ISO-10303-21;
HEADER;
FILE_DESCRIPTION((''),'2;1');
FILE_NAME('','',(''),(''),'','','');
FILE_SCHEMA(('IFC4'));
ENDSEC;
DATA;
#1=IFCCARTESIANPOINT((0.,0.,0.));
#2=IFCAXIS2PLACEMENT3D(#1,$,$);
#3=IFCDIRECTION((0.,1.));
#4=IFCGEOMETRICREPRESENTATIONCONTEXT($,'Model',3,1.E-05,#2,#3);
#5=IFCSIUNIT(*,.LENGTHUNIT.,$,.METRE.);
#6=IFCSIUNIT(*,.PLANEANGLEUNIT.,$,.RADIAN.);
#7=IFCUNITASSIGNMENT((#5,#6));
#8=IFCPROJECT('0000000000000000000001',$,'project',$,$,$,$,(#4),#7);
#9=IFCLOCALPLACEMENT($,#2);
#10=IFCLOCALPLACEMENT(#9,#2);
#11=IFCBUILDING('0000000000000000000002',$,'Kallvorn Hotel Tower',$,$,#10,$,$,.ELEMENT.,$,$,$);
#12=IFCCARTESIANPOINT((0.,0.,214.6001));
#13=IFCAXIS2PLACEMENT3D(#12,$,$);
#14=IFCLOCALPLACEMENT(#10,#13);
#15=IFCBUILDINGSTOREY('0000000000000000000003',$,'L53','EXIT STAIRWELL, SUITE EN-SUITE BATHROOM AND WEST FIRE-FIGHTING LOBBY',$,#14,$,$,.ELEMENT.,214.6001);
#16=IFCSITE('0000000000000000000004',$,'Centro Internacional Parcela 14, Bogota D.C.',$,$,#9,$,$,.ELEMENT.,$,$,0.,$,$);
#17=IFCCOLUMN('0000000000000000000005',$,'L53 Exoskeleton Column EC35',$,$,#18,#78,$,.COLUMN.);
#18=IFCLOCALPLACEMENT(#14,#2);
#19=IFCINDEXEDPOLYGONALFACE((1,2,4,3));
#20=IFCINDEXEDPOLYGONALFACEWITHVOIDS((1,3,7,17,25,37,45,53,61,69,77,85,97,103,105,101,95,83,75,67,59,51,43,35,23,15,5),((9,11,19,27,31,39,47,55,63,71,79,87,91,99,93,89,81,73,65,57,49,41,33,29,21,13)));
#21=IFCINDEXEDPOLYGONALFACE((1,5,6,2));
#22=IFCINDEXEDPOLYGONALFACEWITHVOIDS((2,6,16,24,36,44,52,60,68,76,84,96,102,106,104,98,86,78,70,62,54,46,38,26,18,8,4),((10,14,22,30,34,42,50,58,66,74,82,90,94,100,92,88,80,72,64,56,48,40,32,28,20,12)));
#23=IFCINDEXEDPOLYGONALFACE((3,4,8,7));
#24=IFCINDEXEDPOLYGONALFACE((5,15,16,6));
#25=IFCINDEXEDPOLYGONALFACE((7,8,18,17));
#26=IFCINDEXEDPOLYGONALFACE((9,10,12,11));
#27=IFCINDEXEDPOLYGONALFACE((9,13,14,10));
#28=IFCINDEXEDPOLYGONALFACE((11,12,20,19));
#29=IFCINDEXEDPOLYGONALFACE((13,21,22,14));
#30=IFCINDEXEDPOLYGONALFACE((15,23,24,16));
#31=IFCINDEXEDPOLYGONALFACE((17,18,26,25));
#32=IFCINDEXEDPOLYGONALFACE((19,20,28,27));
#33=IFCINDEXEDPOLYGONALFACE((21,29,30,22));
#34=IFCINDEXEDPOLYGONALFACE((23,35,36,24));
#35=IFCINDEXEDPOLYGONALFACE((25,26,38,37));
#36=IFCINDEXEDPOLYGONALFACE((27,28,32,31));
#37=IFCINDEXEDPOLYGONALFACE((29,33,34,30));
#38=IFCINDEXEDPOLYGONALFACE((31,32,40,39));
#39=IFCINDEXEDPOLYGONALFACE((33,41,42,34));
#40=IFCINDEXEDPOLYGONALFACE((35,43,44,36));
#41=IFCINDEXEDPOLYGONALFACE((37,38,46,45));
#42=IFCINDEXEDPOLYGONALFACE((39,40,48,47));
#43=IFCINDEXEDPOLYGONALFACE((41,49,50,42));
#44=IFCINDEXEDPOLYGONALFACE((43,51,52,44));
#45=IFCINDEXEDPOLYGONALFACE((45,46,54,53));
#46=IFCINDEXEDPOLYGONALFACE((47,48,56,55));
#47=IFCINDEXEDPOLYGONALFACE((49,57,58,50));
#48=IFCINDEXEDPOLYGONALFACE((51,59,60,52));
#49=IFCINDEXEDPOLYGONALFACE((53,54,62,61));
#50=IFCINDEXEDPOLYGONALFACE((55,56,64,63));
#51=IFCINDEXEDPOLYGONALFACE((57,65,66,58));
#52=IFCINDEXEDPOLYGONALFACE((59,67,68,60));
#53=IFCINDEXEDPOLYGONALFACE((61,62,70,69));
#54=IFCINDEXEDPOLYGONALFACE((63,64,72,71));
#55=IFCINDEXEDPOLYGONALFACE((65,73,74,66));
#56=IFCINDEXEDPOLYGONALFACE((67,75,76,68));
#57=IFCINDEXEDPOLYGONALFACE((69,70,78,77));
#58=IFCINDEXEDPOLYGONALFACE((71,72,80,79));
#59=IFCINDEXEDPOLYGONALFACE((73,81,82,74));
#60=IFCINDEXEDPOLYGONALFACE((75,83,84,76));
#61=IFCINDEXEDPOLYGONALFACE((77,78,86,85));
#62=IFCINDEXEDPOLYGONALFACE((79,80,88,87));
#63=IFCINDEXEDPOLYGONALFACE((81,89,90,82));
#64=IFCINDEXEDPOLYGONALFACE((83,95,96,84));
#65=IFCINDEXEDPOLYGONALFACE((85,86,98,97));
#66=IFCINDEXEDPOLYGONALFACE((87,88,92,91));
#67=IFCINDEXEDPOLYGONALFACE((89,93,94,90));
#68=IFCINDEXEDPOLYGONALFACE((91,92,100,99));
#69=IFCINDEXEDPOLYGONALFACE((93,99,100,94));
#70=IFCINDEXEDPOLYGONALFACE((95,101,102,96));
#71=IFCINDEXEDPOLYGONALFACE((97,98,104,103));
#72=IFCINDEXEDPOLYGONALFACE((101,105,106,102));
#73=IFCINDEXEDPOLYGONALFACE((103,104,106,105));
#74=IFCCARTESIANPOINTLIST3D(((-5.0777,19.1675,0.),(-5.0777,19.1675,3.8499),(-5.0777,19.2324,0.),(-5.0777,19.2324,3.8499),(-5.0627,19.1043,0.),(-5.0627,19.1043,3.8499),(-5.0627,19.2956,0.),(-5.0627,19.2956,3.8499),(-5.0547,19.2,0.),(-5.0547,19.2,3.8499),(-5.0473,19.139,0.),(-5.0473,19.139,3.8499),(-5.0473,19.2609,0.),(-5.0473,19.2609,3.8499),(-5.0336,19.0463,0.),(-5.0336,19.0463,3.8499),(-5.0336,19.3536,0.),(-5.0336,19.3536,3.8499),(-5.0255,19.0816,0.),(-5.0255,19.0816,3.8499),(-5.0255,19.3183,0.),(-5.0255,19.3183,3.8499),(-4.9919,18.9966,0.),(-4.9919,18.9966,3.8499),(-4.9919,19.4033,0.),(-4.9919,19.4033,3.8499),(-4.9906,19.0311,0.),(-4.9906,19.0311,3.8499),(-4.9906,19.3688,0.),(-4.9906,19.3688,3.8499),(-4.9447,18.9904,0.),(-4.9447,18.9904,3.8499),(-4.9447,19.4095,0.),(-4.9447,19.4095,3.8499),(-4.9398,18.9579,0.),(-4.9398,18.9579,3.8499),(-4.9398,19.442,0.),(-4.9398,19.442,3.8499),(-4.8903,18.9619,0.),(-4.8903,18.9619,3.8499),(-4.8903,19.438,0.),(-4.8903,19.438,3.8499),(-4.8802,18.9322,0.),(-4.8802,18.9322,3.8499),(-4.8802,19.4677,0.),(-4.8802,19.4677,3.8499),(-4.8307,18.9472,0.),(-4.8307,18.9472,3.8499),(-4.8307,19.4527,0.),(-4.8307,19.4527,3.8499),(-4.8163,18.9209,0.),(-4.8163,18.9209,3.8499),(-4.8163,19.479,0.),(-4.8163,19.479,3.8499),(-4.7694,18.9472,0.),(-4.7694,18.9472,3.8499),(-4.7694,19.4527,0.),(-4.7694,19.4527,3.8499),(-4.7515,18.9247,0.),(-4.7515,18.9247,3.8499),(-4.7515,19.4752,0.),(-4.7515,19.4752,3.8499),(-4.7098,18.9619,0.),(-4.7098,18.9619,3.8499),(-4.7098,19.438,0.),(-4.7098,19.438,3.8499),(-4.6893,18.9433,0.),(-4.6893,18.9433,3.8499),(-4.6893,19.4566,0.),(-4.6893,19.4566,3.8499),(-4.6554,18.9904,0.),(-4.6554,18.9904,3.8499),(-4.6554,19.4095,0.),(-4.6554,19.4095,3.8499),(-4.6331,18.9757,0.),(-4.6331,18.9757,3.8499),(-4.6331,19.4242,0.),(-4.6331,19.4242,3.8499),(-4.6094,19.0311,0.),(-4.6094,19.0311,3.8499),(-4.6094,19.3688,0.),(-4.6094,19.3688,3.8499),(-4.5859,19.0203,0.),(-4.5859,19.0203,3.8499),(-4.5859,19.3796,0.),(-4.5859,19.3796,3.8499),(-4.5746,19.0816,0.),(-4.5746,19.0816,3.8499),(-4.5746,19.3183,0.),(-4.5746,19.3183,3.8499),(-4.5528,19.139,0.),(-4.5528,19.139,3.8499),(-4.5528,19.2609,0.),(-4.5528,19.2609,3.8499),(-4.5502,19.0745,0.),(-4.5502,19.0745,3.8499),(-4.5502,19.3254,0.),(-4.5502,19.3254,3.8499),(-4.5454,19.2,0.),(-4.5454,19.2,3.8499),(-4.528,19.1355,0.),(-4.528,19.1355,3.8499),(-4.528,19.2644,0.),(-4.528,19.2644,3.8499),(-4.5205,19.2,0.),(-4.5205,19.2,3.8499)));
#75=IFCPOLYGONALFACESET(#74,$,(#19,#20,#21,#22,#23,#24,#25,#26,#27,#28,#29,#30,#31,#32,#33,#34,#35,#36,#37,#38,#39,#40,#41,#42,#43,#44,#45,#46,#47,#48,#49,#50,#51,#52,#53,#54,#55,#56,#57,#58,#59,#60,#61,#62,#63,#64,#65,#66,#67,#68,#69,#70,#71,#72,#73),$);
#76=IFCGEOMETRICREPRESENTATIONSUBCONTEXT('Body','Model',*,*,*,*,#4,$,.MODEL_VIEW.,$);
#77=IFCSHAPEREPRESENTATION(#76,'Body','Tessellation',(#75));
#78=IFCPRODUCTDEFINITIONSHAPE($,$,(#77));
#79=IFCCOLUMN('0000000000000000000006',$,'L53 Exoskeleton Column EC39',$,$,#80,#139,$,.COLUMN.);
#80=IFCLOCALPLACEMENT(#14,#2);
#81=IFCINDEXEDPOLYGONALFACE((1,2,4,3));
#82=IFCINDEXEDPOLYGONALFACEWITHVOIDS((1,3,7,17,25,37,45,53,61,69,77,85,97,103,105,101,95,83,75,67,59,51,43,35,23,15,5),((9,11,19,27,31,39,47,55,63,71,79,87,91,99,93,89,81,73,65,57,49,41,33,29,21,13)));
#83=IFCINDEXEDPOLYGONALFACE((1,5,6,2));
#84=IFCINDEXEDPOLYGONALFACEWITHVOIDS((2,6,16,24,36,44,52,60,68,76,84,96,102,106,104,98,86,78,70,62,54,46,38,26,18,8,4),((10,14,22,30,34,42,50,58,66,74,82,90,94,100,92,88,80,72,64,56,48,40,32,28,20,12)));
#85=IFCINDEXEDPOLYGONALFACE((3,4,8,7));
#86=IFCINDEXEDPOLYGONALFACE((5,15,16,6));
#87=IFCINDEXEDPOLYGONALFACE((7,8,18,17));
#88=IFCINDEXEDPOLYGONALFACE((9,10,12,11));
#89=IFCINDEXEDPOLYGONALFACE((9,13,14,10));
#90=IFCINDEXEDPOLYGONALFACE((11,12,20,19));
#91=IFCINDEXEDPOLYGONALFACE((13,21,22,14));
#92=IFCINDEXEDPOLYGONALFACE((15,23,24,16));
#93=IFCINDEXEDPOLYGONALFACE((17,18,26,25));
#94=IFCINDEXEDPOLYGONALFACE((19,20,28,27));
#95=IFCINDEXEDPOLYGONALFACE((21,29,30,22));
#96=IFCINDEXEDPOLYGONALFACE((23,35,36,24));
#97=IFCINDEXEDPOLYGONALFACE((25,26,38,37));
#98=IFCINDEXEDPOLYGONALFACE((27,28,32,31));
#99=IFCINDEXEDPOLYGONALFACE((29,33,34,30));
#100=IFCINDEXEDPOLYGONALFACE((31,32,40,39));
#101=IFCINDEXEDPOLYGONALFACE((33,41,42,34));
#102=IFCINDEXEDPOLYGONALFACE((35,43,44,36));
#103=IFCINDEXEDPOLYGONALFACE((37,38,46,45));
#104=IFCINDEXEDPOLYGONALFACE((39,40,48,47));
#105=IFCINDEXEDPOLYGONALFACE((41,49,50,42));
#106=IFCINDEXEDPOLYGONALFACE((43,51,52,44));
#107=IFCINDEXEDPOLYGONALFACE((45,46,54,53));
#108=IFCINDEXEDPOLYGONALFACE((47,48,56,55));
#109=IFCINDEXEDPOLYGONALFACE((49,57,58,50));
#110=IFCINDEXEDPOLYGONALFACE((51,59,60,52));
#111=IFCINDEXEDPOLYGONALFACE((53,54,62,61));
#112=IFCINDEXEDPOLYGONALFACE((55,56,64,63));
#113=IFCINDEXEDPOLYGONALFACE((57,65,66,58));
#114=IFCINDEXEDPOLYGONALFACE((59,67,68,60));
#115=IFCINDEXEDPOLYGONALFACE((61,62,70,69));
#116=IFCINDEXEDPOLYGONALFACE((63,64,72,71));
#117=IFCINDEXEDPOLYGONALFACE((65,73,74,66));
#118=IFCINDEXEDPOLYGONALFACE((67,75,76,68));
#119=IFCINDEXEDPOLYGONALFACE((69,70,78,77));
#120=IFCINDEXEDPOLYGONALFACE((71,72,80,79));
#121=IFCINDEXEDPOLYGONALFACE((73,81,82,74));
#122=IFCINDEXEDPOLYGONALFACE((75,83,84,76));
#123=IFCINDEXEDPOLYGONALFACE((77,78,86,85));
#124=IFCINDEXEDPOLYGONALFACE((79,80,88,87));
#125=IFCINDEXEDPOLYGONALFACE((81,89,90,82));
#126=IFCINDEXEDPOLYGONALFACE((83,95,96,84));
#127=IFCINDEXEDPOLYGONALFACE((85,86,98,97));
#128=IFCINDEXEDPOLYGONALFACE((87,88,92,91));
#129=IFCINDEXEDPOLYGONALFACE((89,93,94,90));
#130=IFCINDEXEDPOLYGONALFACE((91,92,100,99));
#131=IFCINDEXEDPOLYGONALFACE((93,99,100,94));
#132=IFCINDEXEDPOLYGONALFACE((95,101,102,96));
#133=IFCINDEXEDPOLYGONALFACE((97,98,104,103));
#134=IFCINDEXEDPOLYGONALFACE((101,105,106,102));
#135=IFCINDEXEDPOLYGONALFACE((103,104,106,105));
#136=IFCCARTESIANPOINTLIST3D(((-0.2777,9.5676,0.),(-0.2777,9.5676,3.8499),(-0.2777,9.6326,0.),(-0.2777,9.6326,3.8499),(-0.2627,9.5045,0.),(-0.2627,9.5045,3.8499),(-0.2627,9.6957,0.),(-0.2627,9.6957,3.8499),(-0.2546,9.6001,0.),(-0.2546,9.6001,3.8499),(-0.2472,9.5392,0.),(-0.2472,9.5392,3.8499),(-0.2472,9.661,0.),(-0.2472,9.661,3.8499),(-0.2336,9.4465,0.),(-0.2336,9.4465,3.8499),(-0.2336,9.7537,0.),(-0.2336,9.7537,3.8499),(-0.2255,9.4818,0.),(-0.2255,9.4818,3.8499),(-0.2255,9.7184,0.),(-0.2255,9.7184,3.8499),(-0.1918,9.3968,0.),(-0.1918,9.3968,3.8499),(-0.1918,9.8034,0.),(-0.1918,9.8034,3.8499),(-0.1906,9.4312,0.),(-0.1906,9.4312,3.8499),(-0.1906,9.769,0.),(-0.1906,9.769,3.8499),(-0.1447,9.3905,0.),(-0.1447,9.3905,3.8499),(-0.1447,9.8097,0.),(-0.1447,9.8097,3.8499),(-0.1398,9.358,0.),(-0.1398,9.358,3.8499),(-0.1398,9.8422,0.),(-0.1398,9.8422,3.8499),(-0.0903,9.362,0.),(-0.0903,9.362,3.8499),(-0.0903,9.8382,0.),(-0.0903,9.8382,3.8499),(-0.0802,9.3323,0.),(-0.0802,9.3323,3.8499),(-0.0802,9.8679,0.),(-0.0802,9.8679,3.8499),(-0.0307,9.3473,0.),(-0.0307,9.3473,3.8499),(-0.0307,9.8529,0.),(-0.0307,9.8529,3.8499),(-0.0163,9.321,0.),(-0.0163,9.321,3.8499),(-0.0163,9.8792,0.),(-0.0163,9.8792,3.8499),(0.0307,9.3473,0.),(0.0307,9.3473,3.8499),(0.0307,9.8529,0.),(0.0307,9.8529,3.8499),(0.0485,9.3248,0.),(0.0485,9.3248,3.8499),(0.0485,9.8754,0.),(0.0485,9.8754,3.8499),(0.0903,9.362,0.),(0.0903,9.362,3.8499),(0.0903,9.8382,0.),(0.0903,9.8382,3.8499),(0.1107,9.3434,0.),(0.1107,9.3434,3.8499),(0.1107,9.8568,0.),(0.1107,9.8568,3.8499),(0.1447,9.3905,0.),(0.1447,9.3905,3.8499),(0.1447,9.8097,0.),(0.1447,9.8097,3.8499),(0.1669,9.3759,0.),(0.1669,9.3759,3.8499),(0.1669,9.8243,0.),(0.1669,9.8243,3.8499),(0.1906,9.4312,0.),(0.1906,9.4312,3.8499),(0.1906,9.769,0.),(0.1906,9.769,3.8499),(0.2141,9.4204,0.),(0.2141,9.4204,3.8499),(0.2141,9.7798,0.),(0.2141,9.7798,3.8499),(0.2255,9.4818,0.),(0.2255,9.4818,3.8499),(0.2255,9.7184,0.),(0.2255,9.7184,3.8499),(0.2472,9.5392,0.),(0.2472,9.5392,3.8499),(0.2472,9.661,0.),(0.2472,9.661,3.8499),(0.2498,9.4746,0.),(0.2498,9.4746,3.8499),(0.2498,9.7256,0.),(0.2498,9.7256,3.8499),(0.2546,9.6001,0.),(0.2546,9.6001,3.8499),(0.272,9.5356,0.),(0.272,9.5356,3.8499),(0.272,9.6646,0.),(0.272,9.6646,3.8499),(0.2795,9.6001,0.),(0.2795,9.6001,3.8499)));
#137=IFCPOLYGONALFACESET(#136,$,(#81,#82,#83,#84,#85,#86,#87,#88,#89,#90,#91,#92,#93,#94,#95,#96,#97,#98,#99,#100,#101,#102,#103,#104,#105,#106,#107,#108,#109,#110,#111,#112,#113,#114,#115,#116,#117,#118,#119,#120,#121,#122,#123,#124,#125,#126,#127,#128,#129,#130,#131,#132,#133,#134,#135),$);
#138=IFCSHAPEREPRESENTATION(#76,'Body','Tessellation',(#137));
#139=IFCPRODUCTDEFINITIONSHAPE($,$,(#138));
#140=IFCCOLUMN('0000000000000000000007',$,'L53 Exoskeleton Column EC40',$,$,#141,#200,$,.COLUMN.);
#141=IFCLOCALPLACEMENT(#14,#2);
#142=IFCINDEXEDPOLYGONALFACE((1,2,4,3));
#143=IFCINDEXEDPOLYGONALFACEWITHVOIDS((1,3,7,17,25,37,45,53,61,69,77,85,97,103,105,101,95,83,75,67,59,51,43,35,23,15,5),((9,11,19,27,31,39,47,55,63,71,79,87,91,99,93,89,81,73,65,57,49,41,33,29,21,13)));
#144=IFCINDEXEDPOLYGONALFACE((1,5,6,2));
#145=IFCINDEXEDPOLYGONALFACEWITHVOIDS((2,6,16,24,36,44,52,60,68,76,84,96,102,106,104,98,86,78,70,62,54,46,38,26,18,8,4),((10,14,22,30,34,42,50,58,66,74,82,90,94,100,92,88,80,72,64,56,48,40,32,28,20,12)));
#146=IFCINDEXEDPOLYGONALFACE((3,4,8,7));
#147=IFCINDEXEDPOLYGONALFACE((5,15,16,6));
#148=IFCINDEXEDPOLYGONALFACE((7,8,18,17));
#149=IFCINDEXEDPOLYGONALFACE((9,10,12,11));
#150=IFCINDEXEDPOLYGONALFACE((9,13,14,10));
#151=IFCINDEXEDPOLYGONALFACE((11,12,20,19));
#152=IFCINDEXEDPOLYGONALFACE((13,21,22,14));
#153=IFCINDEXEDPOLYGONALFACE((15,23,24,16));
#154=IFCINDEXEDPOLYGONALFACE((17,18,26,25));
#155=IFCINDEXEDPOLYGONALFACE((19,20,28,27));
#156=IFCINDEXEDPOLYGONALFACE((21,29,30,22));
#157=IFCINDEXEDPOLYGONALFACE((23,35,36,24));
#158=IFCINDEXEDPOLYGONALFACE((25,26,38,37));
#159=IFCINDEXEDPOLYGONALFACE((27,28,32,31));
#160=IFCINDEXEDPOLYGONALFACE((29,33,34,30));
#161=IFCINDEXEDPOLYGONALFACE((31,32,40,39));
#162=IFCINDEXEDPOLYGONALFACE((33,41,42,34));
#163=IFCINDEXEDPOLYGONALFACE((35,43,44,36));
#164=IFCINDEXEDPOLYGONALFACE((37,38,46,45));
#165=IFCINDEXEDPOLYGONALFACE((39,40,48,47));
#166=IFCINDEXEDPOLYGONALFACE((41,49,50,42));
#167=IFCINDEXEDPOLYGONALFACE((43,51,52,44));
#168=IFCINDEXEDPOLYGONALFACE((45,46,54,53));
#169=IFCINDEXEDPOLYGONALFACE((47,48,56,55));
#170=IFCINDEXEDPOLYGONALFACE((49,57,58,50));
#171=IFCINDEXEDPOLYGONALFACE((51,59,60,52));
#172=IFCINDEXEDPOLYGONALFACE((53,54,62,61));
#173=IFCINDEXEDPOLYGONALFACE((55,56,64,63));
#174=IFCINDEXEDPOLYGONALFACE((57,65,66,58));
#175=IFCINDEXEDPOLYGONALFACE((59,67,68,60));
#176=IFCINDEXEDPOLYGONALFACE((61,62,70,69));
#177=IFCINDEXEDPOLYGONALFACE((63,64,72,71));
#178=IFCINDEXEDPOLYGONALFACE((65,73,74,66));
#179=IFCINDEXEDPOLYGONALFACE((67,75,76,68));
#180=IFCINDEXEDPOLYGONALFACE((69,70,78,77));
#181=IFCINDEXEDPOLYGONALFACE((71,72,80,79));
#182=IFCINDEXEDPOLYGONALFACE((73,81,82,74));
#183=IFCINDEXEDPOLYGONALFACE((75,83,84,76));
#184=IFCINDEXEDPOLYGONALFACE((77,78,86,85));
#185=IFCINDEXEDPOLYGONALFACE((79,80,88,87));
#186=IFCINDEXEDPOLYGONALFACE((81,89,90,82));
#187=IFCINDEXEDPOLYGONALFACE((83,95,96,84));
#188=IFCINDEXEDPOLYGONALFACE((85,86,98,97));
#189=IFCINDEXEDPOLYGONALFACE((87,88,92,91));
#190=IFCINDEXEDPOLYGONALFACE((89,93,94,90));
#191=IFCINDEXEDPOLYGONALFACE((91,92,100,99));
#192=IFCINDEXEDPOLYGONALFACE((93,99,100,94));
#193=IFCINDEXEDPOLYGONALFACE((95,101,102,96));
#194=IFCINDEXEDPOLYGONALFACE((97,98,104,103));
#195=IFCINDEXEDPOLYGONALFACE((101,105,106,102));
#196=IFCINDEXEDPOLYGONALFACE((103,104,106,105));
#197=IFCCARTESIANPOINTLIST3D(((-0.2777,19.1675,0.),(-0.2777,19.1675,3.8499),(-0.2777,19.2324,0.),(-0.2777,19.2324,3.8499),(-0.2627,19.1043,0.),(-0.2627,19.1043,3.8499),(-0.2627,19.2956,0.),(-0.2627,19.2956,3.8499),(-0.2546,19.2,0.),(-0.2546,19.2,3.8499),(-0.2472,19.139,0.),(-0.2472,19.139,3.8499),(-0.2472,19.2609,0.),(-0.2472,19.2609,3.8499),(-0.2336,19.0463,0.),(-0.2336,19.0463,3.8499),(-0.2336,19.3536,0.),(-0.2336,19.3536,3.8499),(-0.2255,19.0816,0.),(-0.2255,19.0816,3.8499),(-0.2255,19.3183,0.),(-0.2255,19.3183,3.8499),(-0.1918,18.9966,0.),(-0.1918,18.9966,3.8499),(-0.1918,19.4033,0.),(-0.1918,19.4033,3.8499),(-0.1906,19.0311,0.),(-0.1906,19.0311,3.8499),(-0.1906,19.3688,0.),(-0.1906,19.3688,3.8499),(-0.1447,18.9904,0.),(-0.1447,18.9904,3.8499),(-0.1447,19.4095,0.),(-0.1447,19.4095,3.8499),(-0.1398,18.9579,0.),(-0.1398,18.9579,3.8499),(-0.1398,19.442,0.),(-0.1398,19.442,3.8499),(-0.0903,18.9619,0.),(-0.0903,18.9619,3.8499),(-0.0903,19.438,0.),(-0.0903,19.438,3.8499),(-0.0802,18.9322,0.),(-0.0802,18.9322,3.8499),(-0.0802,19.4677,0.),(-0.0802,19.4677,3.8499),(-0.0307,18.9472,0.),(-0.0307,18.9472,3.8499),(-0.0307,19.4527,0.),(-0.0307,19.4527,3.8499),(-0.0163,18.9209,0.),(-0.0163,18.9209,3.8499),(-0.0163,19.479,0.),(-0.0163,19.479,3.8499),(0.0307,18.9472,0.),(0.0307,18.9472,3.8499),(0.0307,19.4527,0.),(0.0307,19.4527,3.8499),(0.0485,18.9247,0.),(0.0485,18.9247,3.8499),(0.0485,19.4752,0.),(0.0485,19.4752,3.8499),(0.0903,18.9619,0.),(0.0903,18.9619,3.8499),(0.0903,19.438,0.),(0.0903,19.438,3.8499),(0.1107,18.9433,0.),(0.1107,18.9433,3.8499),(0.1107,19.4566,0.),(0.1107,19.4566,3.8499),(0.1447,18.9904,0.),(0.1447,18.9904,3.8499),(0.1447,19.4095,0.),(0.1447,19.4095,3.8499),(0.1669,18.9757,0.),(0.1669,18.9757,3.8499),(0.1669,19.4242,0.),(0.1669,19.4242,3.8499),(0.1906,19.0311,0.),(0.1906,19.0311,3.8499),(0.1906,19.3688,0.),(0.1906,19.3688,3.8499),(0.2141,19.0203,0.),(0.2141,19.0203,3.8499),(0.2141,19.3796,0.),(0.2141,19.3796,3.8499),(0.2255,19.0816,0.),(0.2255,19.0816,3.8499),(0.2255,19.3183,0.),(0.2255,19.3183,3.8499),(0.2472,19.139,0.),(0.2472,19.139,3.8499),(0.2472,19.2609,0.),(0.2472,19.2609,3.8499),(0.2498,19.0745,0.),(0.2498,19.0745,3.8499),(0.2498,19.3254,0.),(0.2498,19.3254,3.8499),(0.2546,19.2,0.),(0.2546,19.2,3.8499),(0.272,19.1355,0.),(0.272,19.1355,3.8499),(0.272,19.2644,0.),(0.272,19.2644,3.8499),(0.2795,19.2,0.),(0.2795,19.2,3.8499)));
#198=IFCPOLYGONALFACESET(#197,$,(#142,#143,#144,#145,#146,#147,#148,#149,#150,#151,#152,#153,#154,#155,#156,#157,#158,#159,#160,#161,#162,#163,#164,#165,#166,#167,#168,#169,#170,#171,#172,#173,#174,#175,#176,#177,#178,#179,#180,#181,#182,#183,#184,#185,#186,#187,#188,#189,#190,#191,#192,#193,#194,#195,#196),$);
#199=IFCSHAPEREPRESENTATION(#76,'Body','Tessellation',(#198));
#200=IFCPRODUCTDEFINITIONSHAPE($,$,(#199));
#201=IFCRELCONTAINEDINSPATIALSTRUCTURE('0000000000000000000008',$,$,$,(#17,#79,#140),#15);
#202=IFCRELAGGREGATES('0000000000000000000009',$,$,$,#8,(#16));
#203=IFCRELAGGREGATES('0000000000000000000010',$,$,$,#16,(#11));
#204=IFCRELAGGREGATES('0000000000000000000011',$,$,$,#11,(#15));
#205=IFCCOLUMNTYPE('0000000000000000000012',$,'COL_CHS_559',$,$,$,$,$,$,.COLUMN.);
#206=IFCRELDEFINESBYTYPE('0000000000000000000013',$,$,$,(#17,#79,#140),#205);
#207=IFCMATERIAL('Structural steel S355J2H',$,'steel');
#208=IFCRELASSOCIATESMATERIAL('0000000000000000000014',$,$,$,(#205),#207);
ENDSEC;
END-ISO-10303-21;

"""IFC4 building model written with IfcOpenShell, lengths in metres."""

from ifc_helpers import new_model, si_unit, direction, frame, origin, origin_2d, place, context, subcontext, project, spatial, hollow_circle, extrude, material, material_profile, profile_set, type_object, element, save


model = new_model("IFC4")

# Units and contexts
model_context = context("Model", 3, precision=1e-05, world=origin(), true_north=direction((0.0, 1.0)))
body_context = subcontext(model_context, "Body", "Model", "MODEL_VIEW")
ifc_project = project(units=[si_unit("LENGTHUNIT", "METRE"), si_unit("PLANEANGLEUNIT", "RADIAN")], contexts=[model_context])

# Site, building, storey
site_placement = place(None, origin())
site = spatial("IfcSite", under=ifc_project, at=site_placement, Name="Centro Internacional Parcela 14, Bogota D.C.", CompositionType="ELEMENT", RefElevation=0.0)
building_placement = place(site_placement, origin())
building = spatial("IfcBuilding", under=site, at=building_placement, Name="Kallvorn Hotel Tower", CompositionType="ELEMENT")
storey_placement = place(building_placement, frame((0.0, 0.0, 214.6001)))
storey = spatial("IfcBuildingStorey", under=building, at=storey_placement, Name="L53", Description="EXIT STAIRWELL, SUITE EN-SUITE BATHROOM AND WEST FIRE-FIGHTING LOBBY", CompositionType="ELEMENT", Elevation=214.6001)

# Columns
ifc_material_1 = material(Name="Structural steel S355J2H", Category="steel")
ifc_material_profile_1 = material_profile(ifc_material_1, hollow_circle(Radius=0.2795, WallThickness=0.0249, at=origin_2d()), Name="CHS 559x25")
ifc_profile_set_1 = profile_set([ifc_material_profile_1], Name="Structural steel S355J2H")
column_type_1 = type_object("IfcColumnType", Name="COL_CHS_559", PredefinedType="COLUMN", material=ifc_profile_set_1)
for number, where, z_axis, x_axis, name in (
    (1, (-4.8, 19.2, 0.0), (0.0, 0.0, 1.0), (1.0, 0.0, 0.0), "L53 Exoskeleton Column EC35"),
    (2, (0.0, 9.6001, 0.0), (0.0, 0.0, 1.0), (1.0, 0.0, 0.0), "L53 Exoskeleton Column EC39"),
    (3, (0.0, 19.2, 0.0), (0.0, 0.0, 1.0), (1.0, 0.0, 0.0), "L53 Exoskeleton Column EC40"),
):
    element("IfcColumn", number, at=place(storey_placement, frame(where, z_axis=z_axis, x_axis=x_axis)), inside=storey, type_object=column_type_1, Name=name, PredefinedType="COLUMN", context=body_context, shape_type="SweptSolid", body=[
        extrude(hollow_circle(Radius=0.2795, WallThickness=0.0249, at=origin_2d()), origin(), (0.0, 0.0, 1.0), 3.8499),
    ])

save(model, "model.ifc")
